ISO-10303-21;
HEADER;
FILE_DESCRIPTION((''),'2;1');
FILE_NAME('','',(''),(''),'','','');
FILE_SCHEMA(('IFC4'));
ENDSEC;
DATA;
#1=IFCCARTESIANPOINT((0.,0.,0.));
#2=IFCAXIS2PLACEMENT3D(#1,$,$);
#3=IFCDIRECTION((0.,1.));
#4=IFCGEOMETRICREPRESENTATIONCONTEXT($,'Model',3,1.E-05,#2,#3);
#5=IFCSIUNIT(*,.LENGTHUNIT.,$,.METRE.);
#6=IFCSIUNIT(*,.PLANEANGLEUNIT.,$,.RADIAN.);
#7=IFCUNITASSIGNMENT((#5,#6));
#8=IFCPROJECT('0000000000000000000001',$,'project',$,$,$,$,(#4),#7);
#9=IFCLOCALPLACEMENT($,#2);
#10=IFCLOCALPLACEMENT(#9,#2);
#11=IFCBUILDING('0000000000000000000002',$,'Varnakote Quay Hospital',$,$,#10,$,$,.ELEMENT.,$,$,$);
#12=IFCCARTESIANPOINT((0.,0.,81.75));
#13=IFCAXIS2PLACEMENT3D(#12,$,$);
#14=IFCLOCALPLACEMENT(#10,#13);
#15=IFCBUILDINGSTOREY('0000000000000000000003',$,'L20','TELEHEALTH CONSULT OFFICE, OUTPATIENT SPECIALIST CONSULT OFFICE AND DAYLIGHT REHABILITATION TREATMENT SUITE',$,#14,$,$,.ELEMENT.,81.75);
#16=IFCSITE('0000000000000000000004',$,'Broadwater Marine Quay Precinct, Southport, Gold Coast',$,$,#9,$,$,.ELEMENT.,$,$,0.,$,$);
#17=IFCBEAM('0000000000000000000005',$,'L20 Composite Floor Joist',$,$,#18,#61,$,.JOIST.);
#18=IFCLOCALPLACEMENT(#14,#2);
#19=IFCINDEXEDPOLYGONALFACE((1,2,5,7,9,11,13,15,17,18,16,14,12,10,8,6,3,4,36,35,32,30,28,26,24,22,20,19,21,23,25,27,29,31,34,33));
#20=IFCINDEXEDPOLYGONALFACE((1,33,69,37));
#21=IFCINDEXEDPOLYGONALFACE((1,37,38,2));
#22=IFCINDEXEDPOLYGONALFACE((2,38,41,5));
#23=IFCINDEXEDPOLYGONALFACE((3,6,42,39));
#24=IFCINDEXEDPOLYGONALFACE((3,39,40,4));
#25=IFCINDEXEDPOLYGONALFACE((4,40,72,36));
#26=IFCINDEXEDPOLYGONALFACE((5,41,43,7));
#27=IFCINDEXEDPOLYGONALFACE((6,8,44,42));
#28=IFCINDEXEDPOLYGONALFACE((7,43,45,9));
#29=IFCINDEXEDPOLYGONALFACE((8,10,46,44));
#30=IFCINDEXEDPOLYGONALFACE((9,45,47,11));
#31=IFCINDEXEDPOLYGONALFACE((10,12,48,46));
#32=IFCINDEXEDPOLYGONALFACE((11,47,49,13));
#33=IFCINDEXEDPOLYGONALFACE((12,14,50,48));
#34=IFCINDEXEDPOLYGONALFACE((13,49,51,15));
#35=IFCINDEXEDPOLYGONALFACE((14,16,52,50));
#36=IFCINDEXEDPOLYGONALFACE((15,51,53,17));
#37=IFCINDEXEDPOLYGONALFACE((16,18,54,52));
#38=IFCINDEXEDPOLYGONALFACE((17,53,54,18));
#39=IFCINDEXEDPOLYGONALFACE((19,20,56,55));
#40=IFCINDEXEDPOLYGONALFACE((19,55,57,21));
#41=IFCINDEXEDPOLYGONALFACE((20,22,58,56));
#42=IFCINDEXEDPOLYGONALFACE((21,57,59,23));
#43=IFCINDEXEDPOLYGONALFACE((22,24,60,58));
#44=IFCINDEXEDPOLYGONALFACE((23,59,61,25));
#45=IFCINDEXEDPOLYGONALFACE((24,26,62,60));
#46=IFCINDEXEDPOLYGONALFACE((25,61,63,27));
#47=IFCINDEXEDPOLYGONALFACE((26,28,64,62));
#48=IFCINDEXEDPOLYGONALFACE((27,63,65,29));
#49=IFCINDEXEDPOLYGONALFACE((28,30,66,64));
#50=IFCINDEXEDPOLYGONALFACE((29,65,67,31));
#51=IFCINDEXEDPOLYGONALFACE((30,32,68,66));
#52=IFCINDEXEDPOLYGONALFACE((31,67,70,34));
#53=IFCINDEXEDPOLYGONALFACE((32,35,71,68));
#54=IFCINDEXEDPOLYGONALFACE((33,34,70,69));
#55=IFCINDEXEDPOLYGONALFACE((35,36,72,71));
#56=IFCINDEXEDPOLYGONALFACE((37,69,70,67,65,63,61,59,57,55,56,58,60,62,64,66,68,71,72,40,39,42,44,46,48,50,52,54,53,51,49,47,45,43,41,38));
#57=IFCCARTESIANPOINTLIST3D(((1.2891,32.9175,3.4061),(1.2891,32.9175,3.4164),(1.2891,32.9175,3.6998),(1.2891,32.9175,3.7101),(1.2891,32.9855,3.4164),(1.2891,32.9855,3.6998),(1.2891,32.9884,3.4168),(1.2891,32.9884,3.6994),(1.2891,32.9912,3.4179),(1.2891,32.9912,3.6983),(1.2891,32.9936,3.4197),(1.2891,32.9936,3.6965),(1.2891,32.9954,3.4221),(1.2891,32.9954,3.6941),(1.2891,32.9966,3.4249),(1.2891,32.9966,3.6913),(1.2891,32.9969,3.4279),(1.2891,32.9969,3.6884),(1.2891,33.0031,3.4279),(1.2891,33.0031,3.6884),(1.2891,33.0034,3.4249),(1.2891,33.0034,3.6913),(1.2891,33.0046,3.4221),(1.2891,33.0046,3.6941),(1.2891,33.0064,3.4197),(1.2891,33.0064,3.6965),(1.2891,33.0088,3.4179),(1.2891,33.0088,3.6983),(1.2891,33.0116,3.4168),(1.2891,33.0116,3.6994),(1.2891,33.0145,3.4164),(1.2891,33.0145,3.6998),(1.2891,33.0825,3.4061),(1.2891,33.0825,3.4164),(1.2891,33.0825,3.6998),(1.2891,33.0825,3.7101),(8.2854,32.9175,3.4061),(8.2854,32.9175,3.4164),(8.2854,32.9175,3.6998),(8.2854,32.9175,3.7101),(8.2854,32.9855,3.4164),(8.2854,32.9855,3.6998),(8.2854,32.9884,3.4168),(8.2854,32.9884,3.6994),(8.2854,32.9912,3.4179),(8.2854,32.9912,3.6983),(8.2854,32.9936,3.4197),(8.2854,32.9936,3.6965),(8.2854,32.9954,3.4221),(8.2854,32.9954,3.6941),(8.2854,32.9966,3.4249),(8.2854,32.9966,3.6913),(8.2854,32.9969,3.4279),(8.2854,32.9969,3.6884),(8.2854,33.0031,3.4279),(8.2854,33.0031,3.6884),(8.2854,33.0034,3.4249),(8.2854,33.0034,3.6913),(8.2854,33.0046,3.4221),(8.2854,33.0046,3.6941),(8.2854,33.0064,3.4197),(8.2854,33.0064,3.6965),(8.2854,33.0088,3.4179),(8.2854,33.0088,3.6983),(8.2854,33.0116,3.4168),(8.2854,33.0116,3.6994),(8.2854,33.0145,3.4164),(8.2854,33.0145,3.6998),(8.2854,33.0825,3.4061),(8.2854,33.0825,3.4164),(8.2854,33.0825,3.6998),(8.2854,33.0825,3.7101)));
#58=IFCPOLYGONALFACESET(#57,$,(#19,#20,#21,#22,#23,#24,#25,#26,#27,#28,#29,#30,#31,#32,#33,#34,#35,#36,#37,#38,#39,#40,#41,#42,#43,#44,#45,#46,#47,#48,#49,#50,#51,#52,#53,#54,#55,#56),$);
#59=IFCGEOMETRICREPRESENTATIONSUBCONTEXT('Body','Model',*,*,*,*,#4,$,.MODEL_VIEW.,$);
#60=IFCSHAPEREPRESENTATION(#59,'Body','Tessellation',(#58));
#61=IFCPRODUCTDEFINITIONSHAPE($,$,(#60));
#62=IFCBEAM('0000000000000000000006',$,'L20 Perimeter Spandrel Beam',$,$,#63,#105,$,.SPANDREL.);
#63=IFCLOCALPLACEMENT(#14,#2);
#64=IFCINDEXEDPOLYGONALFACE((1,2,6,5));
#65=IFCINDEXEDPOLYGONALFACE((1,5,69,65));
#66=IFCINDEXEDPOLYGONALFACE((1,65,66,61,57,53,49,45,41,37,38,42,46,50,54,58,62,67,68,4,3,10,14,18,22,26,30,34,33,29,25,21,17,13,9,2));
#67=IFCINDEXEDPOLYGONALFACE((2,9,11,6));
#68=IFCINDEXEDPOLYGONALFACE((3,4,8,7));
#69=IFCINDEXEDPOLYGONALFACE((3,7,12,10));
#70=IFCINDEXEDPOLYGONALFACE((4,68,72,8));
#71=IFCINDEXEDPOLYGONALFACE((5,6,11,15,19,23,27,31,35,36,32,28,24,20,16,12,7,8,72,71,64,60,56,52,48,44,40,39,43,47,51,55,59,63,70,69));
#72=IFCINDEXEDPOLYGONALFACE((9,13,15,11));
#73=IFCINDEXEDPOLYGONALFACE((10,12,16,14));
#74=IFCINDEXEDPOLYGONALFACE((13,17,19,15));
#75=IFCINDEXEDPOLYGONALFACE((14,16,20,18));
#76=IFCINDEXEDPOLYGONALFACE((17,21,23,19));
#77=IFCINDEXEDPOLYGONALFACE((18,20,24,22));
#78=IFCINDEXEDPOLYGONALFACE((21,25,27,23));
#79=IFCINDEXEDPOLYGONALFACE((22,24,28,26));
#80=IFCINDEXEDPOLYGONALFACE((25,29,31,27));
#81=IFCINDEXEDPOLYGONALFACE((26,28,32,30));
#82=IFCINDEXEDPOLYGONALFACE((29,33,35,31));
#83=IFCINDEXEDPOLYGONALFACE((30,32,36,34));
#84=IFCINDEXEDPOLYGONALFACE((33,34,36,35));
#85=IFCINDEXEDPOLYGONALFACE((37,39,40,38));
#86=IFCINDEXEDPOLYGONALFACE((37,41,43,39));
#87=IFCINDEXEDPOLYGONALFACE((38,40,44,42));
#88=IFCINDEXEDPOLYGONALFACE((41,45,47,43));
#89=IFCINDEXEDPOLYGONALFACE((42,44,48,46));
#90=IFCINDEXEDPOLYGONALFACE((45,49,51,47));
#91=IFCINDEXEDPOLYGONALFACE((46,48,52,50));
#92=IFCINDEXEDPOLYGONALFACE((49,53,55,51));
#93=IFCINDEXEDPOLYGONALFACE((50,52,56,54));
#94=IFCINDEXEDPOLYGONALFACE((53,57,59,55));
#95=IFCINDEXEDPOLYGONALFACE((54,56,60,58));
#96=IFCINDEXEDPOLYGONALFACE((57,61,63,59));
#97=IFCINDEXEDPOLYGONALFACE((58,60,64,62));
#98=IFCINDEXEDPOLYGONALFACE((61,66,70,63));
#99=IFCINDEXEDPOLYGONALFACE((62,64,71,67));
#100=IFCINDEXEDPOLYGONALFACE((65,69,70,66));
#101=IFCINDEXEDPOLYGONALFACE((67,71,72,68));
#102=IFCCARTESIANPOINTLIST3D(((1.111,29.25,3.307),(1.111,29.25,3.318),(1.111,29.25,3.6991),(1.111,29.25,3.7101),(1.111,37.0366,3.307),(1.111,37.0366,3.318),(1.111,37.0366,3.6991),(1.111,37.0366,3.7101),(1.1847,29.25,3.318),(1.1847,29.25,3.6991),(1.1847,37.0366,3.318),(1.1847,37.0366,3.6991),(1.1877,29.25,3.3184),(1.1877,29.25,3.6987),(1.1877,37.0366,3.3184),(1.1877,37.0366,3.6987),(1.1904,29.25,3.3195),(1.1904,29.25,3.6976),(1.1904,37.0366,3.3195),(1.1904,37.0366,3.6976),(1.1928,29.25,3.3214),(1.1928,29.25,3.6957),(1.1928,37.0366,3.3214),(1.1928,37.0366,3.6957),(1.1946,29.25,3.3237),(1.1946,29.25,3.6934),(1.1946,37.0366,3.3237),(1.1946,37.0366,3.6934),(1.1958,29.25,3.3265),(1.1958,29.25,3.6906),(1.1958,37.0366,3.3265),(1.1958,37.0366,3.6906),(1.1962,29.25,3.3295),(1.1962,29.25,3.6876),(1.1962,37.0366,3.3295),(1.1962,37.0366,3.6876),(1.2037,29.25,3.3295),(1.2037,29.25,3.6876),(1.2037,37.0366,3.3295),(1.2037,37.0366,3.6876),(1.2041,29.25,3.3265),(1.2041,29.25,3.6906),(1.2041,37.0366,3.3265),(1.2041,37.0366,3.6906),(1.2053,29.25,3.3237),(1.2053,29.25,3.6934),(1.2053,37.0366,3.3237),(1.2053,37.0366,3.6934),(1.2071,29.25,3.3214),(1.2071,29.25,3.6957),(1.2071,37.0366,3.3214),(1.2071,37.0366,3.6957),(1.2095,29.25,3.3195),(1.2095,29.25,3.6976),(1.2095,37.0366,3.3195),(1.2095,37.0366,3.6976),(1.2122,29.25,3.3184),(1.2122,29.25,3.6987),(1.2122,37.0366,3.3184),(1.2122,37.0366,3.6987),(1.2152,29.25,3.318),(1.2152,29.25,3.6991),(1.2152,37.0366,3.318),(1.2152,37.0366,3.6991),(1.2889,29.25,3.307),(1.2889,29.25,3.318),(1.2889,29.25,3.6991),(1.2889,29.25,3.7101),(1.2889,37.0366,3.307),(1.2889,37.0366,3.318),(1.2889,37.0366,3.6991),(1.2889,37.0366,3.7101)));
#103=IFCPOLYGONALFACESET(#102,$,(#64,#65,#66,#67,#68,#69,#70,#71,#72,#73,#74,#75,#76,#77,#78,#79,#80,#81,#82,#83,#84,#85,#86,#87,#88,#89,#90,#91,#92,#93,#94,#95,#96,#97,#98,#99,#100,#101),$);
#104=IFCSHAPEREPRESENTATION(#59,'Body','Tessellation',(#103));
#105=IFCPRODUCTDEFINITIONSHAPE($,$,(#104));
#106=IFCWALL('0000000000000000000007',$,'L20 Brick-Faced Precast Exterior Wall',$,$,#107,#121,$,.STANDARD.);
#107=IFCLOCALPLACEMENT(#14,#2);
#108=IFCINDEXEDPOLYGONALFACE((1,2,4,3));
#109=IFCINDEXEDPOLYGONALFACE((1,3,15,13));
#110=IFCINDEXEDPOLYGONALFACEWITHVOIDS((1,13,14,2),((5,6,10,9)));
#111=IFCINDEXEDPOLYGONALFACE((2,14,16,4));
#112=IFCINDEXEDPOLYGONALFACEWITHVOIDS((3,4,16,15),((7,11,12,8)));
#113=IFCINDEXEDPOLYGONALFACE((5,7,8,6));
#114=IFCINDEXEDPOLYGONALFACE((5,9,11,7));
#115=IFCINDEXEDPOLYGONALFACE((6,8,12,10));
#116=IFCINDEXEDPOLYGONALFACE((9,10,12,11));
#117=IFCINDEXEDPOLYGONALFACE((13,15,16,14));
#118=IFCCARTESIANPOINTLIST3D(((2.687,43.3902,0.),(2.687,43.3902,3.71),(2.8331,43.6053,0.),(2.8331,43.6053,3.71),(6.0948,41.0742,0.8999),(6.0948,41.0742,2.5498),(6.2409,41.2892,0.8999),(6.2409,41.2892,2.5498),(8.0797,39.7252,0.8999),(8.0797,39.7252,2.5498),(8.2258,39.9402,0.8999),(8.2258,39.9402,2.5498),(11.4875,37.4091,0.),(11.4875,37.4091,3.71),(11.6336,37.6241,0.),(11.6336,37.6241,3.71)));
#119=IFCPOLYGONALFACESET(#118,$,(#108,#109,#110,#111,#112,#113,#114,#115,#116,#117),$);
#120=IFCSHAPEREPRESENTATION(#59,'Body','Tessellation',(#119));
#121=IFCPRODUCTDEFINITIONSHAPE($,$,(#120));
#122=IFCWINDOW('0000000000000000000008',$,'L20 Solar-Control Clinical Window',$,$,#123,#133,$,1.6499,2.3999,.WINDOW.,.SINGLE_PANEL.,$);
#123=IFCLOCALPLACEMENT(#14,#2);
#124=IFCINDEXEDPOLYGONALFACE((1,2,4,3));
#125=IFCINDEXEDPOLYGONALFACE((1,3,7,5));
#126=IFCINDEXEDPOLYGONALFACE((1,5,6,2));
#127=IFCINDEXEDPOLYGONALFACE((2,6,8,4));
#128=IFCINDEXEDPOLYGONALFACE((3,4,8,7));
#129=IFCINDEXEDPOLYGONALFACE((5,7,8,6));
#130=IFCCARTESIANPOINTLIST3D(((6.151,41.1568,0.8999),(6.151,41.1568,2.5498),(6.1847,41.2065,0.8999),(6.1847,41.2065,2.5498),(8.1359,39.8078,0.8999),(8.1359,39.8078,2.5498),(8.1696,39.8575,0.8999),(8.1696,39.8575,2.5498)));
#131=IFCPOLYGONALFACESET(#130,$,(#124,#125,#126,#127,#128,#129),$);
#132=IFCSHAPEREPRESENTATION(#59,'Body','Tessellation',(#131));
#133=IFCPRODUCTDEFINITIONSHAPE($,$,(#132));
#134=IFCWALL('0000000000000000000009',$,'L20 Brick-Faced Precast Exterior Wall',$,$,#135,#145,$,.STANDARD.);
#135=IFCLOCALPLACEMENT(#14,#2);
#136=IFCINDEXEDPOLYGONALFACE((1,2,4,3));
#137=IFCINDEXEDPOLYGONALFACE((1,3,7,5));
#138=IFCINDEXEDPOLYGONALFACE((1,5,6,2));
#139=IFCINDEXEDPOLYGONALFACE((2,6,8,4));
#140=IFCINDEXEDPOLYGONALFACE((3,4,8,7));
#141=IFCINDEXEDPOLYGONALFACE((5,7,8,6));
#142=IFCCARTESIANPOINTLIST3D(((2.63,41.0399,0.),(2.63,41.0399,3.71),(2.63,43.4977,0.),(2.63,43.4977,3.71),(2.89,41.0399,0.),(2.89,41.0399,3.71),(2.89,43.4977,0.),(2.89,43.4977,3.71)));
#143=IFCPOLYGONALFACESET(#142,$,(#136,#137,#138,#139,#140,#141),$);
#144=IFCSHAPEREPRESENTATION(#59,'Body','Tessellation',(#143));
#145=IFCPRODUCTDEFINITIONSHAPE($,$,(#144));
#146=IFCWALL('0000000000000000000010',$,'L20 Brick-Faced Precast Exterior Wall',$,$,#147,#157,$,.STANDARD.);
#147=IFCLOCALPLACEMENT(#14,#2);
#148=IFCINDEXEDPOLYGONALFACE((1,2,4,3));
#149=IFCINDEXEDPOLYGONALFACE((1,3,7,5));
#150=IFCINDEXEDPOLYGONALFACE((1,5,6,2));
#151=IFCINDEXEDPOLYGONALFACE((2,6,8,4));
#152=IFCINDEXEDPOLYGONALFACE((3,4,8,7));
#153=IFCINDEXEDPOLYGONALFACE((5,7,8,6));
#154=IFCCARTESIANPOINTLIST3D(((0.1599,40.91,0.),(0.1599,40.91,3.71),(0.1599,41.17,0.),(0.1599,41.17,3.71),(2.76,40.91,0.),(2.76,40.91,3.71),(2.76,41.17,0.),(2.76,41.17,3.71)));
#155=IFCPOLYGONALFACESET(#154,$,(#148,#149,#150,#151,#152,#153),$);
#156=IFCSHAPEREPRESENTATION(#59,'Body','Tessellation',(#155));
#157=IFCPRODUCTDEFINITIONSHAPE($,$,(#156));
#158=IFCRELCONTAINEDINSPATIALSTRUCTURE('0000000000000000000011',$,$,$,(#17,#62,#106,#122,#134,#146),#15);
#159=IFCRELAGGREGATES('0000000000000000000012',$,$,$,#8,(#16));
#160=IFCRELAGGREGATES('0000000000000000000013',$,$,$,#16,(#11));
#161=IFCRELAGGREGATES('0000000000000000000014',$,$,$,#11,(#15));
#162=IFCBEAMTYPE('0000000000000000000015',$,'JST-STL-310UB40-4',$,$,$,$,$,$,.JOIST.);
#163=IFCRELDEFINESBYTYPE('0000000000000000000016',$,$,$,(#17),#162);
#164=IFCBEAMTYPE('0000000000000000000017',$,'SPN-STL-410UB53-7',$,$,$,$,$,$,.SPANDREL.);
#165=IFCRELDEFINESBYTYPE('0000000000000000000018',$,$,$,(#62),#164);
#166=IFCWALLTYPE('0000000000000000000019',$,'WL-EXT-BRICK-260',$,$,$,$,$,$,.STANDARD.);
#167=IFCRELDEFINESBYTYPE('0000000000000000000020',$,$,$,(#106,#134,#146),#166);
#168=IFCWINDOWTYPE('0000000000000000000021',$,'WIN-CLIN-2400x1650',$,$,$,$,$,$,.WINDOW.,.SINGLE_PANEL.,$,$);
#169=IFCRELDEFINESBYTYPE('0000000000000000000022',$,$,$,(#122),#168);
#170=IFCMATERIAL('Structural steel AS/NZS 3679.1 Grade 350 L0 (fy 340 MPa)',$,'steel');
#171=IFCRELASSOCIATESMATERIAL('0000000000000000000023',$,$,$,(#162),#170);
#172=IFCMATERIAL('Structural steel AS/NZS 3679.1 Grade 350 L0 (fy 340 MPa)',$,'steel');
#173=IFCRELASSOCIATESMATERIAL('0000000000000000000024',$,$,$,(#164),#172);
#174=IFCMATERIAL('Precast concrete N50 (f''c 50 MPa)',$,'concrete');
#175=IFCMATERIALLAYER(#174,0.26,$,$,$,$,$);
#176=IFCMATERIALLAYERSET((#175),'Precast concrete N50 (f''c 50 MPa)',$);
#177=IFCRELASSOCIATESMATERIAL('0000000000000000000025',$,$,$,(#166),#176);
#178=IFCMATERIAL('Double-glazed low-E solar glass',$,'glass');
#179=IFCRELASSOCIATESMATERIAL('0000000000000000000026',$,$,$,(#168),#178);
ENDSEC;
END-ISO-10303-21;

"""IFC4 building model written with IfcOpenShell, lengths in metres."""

from ifc_helpers import new_model, si_unit, direction, frame, frame_2d, origin, origin_2d, place, context, subcontext, project, spatial, rectangle, i_section, extrude, material, layer, layer_set, material_profile, profile_set, type_object, element, fill, save


model = new_model("IFC4")

# Units and contexts
model_context = context("Model", 3, precision=1e-05, world=origin(), true_north=direction((0.0, 1.0)))
body_context = subcontext(model_context, "Body", "Model", "MODEL_VIEW")
ifc_project = project(units=[si_unit("LENGTHUNIT", "METRE"), si_unit("PLANEANGLEUNIT", "RADIAN")], contexts=[model_context])

# Site, building, storey
site_placement = place(None, origin())
site = spatial("IfcSite", under=ifc_project, at=site_placement, Name="Broadwater Marine Quay Precinct, Southport, Gold Coast", CompositionType="ELEMENT", RefElevation=0.0)
building_placement = place(site_placement, origin())
building = spatial("IfcBuilding", under=site, at=building_placement, Name="Varnakote Quay Hospital", CompositionType="ELEMENT")
storey_placement = place(building_placement, frame((0.0, 0.0, 81.75)))
storey = spatial("IfcBuildingStorey", under=building, at=storey_placement, Name="L20", Description="TELEHEALTH CONSULT OFFICE, OUTPATIENT SPECIALIST CONSULT OFFICE AND DAYLIGHT REHABILITATION TREATMENT SUITE", CompositionType="ELEMENT", Elevation=81.75)

# Beams
ifc_material_1 = material(Name="Structural steel AS/NZS 3679.1 Grade 350 L0 (fy 340 MPa)", Category="steel")
ifc_material_profile_1 = material_profile(ifc_material_1, i_section(OverallWidth=0.165, OverallDepth=0.304, WebThickness=0.0061, FlangeThickness=0.0103, FilletRadius=0.0115, at=origin_2d()), Name="310UB40.4")
ifc_profile_set_1 = profile_set([ifc_material_profile_1], Name="Structural steel AS/NZS 3679.1 Grade 350 L0 (fy 340 MPa)")
beam_type_1 = type_object("IfcBeamType", Name="JST-STL-310UB40-4", PredefinedType="JOIST", material=ifc_profile_set_1)
beam_1_placement = place(storey_placement, frame((1.2891, 33.0, 3.5581), z_axis=(1.0, 0.0, 0.0), x_axis=(0.0, 1.0, 0.0)))
element("IfcBeam", 1, at=beam_1_placement, inside=storey, type_object=beam_type_1, Name="L20 Composite Floor Joist", PredefinedType="JOIST", context=body_context, shape_type="SweptSolid", body=[
    extrude(i_section(OverallWidth=0.165, OverallDepth=0.304, WebThickness=0.0061, FlangeThickness=0.0103, FilletRadius=0.0115, at=origin_2d()), origin(), (0.0, 0.0, 1.0), 6.9963),
])
ifc_material_2 = material(Name="Structural steel AS/NZS 3679.1 Grade 350 L0 (fy 340 MPa)", Category="steel")
ifc_material_profile_2 = material_profile(ifc_material_2, i_section(OverallWidth=0.178, OverallDepth=0.4031, WebThickness=0.0076, FlangeThickness=0.011, FilletRadius=0.0115, at=origin_2d()), Name="410UB53.7")
ifc_profile_set_2 = profile_set([ifc_material_profile_2], Name="Structural steel AS/NZS 3679.1 Grade 350 L0 (fy 340 MPa)")
beam_type_2 = type_object("IfcBeamType", Name="SPN-STL-410UB53-7", PredefinedType="SPANDREL", material=ifc_profile_set_2)
beam_2_placement = place(storey_placement, frame((1.2, 29.25, 3.5085), z_axis=(0.0, 1.0, 0.0), x_axis=(-1.0, 0.0, 0.0)))
element("IfcBeam", 2, at=beam_2_placement, inside=storey, type_object=beam_type_2, Name="L20 Perimeter Spandrel Beam", PredefinedType="SPANDREL", context=body_context, shape_type="SweptSolid", body=[
    extrude(i_section(OverallWidth=0.178, OverallDepth=0.4031, WebThickness=0.0076, FlangeThickness=0.011, FilletRadius=0.0115, at=origin_2d()), origin(), (0.0, 0.0, 1.0), 7.7866),
])

# Wall, opening, window
ifc_material_3 = material(Name="Precast concrete N50 (f'c 50 MPa)", Category="concrete")
ifc_layer_1 = layer(ifc_material_3, 0.26)
ifc_layer_set_1 = layer_set([ifc_layer_1], Name="Precast concrete N50 (f'c 50 MPa)")
wall_type_1 = type_object("IfcWallType", Name="WL-EXT-BRICK-260", PredefinedType="STANDARD", material=ifc_layer_set_1)
wall_1_placement = place(storey_placement, frame((11.5605, 37.5166, 0.0), z_axis=(0.0, 0.0, 1.0), x_axis=(-0.827065, 0.562107, 0.0)))
wall_1 = element("IfcWall", 3, at=wall_1_placement, inside=storey, type_object=wall_type_1, Name="L20 Brick-Faced Precast Exterior Wall", PredefinedType="STANDARD", context=body_context, shape_type="SweptSolid", body=[
    extrude(rectangle(XDim=10.6406, YDim=0.26, at=frame_2d((5.3203, 0.0))), origin(), (0.0, 0.0, 1.0), 3.71),
])
opening_1_placement = place(wall_1_placement, frame((4.1204, 0.0, 0.8999)))
opening_1 = element("IfcOpeningElement", 4, at=opening_1_placement, cuts=wall_1, PredefinedType="OPENING", context=body_context, shape_type="SweptSolid", body=[
    extrude(rectangle(XDim=2.3999, YDim=1.6499, at=frame_2d((1.2, 0.825))), frame((0.0, 0.1399, 0.0), z_axis=(0.0, -1.0, 0.0), x_axis=(1.0, 0.0, 0.0)), (0.0, 0.0, 1.0), 0.28),
])
ifc_material_4 = material(Name="Double-glazed low-E solar glass", Category="glass")
window_type = type_object("IfcWindowType", Name="WIN-CLIN-2400x1650", PartitioningType="SINGLE_PANEL", PredefinedType="WINDOW", material=ifc_material_4)
window_placement = place(opening_1_placement, origin())
window = element("IfcWindow", 5, at=window_placement, inside=storey, type_object=window_type, Name="L20 Solar-Control Clinical Window", OverallHeight=1.6499, OverallWidth=2.3999, PartitioningType="SINGLE_PANEL", PredefinedType="WINDOW", context=body_context, shape_type="SweptSolid", body=[
    extrude(rectangle(XDim=2.3999, YDim=1.6499, at=frame_2d((1.2, 0.825))), frame((0.0, 0.03, 0.0), z_axis=(0.0, -1.0, 0.0), x_axis=(1.0, 0.0, 0.0)), (0.0, 0.0, 1.0), 0.0601),
])
fill(opening_1, window)

# Walls
wall_2_placement = place(storey_placement, frame((2.76, 43.4978, 0.0), z_axis=(0.0, 0.0, 1.0), x_axis=(0.0, -1.0, 0.0)))
element("IfcWall", 6, at=wall_2_placement, inside=storey, type_object=wall_type_1, Name="L20 Brick-Faced Precast Exterior Wall", PredefinedType="STANDARD", context=body_context, shape_type="SweptSolid", body=[
    extrude(rectangle(XDim=2.4578, YDim=0.26, at=frame_2d((1.229, 0.0))), origin(), (0.0, 0.0, 1.0), 3.71),
])
wall_3_placement = place(storey_placement, frame((2.76, 41.04, 0.0), z_axis=(0.0, 0.0, 1.0), x_axis=(-1.0, 0.0, 0.0)))
element("IfcWall", 7, at=wall_3_placement, inside=storey, type_object=wall_type_1, Name="L20 Brick-Faced Precast Exterior Wall", PredefinedType="STANDARD", context=body_context, shape_type="SweptSolid", body=[
    extrude(rectangle(XDim=2.6001, YDim=0.26, at=frame_2d((1.3, 0.0))), origin(), (0.0, 0.0, 1.0), 3.71),
])

save(model, "model.ifc")
